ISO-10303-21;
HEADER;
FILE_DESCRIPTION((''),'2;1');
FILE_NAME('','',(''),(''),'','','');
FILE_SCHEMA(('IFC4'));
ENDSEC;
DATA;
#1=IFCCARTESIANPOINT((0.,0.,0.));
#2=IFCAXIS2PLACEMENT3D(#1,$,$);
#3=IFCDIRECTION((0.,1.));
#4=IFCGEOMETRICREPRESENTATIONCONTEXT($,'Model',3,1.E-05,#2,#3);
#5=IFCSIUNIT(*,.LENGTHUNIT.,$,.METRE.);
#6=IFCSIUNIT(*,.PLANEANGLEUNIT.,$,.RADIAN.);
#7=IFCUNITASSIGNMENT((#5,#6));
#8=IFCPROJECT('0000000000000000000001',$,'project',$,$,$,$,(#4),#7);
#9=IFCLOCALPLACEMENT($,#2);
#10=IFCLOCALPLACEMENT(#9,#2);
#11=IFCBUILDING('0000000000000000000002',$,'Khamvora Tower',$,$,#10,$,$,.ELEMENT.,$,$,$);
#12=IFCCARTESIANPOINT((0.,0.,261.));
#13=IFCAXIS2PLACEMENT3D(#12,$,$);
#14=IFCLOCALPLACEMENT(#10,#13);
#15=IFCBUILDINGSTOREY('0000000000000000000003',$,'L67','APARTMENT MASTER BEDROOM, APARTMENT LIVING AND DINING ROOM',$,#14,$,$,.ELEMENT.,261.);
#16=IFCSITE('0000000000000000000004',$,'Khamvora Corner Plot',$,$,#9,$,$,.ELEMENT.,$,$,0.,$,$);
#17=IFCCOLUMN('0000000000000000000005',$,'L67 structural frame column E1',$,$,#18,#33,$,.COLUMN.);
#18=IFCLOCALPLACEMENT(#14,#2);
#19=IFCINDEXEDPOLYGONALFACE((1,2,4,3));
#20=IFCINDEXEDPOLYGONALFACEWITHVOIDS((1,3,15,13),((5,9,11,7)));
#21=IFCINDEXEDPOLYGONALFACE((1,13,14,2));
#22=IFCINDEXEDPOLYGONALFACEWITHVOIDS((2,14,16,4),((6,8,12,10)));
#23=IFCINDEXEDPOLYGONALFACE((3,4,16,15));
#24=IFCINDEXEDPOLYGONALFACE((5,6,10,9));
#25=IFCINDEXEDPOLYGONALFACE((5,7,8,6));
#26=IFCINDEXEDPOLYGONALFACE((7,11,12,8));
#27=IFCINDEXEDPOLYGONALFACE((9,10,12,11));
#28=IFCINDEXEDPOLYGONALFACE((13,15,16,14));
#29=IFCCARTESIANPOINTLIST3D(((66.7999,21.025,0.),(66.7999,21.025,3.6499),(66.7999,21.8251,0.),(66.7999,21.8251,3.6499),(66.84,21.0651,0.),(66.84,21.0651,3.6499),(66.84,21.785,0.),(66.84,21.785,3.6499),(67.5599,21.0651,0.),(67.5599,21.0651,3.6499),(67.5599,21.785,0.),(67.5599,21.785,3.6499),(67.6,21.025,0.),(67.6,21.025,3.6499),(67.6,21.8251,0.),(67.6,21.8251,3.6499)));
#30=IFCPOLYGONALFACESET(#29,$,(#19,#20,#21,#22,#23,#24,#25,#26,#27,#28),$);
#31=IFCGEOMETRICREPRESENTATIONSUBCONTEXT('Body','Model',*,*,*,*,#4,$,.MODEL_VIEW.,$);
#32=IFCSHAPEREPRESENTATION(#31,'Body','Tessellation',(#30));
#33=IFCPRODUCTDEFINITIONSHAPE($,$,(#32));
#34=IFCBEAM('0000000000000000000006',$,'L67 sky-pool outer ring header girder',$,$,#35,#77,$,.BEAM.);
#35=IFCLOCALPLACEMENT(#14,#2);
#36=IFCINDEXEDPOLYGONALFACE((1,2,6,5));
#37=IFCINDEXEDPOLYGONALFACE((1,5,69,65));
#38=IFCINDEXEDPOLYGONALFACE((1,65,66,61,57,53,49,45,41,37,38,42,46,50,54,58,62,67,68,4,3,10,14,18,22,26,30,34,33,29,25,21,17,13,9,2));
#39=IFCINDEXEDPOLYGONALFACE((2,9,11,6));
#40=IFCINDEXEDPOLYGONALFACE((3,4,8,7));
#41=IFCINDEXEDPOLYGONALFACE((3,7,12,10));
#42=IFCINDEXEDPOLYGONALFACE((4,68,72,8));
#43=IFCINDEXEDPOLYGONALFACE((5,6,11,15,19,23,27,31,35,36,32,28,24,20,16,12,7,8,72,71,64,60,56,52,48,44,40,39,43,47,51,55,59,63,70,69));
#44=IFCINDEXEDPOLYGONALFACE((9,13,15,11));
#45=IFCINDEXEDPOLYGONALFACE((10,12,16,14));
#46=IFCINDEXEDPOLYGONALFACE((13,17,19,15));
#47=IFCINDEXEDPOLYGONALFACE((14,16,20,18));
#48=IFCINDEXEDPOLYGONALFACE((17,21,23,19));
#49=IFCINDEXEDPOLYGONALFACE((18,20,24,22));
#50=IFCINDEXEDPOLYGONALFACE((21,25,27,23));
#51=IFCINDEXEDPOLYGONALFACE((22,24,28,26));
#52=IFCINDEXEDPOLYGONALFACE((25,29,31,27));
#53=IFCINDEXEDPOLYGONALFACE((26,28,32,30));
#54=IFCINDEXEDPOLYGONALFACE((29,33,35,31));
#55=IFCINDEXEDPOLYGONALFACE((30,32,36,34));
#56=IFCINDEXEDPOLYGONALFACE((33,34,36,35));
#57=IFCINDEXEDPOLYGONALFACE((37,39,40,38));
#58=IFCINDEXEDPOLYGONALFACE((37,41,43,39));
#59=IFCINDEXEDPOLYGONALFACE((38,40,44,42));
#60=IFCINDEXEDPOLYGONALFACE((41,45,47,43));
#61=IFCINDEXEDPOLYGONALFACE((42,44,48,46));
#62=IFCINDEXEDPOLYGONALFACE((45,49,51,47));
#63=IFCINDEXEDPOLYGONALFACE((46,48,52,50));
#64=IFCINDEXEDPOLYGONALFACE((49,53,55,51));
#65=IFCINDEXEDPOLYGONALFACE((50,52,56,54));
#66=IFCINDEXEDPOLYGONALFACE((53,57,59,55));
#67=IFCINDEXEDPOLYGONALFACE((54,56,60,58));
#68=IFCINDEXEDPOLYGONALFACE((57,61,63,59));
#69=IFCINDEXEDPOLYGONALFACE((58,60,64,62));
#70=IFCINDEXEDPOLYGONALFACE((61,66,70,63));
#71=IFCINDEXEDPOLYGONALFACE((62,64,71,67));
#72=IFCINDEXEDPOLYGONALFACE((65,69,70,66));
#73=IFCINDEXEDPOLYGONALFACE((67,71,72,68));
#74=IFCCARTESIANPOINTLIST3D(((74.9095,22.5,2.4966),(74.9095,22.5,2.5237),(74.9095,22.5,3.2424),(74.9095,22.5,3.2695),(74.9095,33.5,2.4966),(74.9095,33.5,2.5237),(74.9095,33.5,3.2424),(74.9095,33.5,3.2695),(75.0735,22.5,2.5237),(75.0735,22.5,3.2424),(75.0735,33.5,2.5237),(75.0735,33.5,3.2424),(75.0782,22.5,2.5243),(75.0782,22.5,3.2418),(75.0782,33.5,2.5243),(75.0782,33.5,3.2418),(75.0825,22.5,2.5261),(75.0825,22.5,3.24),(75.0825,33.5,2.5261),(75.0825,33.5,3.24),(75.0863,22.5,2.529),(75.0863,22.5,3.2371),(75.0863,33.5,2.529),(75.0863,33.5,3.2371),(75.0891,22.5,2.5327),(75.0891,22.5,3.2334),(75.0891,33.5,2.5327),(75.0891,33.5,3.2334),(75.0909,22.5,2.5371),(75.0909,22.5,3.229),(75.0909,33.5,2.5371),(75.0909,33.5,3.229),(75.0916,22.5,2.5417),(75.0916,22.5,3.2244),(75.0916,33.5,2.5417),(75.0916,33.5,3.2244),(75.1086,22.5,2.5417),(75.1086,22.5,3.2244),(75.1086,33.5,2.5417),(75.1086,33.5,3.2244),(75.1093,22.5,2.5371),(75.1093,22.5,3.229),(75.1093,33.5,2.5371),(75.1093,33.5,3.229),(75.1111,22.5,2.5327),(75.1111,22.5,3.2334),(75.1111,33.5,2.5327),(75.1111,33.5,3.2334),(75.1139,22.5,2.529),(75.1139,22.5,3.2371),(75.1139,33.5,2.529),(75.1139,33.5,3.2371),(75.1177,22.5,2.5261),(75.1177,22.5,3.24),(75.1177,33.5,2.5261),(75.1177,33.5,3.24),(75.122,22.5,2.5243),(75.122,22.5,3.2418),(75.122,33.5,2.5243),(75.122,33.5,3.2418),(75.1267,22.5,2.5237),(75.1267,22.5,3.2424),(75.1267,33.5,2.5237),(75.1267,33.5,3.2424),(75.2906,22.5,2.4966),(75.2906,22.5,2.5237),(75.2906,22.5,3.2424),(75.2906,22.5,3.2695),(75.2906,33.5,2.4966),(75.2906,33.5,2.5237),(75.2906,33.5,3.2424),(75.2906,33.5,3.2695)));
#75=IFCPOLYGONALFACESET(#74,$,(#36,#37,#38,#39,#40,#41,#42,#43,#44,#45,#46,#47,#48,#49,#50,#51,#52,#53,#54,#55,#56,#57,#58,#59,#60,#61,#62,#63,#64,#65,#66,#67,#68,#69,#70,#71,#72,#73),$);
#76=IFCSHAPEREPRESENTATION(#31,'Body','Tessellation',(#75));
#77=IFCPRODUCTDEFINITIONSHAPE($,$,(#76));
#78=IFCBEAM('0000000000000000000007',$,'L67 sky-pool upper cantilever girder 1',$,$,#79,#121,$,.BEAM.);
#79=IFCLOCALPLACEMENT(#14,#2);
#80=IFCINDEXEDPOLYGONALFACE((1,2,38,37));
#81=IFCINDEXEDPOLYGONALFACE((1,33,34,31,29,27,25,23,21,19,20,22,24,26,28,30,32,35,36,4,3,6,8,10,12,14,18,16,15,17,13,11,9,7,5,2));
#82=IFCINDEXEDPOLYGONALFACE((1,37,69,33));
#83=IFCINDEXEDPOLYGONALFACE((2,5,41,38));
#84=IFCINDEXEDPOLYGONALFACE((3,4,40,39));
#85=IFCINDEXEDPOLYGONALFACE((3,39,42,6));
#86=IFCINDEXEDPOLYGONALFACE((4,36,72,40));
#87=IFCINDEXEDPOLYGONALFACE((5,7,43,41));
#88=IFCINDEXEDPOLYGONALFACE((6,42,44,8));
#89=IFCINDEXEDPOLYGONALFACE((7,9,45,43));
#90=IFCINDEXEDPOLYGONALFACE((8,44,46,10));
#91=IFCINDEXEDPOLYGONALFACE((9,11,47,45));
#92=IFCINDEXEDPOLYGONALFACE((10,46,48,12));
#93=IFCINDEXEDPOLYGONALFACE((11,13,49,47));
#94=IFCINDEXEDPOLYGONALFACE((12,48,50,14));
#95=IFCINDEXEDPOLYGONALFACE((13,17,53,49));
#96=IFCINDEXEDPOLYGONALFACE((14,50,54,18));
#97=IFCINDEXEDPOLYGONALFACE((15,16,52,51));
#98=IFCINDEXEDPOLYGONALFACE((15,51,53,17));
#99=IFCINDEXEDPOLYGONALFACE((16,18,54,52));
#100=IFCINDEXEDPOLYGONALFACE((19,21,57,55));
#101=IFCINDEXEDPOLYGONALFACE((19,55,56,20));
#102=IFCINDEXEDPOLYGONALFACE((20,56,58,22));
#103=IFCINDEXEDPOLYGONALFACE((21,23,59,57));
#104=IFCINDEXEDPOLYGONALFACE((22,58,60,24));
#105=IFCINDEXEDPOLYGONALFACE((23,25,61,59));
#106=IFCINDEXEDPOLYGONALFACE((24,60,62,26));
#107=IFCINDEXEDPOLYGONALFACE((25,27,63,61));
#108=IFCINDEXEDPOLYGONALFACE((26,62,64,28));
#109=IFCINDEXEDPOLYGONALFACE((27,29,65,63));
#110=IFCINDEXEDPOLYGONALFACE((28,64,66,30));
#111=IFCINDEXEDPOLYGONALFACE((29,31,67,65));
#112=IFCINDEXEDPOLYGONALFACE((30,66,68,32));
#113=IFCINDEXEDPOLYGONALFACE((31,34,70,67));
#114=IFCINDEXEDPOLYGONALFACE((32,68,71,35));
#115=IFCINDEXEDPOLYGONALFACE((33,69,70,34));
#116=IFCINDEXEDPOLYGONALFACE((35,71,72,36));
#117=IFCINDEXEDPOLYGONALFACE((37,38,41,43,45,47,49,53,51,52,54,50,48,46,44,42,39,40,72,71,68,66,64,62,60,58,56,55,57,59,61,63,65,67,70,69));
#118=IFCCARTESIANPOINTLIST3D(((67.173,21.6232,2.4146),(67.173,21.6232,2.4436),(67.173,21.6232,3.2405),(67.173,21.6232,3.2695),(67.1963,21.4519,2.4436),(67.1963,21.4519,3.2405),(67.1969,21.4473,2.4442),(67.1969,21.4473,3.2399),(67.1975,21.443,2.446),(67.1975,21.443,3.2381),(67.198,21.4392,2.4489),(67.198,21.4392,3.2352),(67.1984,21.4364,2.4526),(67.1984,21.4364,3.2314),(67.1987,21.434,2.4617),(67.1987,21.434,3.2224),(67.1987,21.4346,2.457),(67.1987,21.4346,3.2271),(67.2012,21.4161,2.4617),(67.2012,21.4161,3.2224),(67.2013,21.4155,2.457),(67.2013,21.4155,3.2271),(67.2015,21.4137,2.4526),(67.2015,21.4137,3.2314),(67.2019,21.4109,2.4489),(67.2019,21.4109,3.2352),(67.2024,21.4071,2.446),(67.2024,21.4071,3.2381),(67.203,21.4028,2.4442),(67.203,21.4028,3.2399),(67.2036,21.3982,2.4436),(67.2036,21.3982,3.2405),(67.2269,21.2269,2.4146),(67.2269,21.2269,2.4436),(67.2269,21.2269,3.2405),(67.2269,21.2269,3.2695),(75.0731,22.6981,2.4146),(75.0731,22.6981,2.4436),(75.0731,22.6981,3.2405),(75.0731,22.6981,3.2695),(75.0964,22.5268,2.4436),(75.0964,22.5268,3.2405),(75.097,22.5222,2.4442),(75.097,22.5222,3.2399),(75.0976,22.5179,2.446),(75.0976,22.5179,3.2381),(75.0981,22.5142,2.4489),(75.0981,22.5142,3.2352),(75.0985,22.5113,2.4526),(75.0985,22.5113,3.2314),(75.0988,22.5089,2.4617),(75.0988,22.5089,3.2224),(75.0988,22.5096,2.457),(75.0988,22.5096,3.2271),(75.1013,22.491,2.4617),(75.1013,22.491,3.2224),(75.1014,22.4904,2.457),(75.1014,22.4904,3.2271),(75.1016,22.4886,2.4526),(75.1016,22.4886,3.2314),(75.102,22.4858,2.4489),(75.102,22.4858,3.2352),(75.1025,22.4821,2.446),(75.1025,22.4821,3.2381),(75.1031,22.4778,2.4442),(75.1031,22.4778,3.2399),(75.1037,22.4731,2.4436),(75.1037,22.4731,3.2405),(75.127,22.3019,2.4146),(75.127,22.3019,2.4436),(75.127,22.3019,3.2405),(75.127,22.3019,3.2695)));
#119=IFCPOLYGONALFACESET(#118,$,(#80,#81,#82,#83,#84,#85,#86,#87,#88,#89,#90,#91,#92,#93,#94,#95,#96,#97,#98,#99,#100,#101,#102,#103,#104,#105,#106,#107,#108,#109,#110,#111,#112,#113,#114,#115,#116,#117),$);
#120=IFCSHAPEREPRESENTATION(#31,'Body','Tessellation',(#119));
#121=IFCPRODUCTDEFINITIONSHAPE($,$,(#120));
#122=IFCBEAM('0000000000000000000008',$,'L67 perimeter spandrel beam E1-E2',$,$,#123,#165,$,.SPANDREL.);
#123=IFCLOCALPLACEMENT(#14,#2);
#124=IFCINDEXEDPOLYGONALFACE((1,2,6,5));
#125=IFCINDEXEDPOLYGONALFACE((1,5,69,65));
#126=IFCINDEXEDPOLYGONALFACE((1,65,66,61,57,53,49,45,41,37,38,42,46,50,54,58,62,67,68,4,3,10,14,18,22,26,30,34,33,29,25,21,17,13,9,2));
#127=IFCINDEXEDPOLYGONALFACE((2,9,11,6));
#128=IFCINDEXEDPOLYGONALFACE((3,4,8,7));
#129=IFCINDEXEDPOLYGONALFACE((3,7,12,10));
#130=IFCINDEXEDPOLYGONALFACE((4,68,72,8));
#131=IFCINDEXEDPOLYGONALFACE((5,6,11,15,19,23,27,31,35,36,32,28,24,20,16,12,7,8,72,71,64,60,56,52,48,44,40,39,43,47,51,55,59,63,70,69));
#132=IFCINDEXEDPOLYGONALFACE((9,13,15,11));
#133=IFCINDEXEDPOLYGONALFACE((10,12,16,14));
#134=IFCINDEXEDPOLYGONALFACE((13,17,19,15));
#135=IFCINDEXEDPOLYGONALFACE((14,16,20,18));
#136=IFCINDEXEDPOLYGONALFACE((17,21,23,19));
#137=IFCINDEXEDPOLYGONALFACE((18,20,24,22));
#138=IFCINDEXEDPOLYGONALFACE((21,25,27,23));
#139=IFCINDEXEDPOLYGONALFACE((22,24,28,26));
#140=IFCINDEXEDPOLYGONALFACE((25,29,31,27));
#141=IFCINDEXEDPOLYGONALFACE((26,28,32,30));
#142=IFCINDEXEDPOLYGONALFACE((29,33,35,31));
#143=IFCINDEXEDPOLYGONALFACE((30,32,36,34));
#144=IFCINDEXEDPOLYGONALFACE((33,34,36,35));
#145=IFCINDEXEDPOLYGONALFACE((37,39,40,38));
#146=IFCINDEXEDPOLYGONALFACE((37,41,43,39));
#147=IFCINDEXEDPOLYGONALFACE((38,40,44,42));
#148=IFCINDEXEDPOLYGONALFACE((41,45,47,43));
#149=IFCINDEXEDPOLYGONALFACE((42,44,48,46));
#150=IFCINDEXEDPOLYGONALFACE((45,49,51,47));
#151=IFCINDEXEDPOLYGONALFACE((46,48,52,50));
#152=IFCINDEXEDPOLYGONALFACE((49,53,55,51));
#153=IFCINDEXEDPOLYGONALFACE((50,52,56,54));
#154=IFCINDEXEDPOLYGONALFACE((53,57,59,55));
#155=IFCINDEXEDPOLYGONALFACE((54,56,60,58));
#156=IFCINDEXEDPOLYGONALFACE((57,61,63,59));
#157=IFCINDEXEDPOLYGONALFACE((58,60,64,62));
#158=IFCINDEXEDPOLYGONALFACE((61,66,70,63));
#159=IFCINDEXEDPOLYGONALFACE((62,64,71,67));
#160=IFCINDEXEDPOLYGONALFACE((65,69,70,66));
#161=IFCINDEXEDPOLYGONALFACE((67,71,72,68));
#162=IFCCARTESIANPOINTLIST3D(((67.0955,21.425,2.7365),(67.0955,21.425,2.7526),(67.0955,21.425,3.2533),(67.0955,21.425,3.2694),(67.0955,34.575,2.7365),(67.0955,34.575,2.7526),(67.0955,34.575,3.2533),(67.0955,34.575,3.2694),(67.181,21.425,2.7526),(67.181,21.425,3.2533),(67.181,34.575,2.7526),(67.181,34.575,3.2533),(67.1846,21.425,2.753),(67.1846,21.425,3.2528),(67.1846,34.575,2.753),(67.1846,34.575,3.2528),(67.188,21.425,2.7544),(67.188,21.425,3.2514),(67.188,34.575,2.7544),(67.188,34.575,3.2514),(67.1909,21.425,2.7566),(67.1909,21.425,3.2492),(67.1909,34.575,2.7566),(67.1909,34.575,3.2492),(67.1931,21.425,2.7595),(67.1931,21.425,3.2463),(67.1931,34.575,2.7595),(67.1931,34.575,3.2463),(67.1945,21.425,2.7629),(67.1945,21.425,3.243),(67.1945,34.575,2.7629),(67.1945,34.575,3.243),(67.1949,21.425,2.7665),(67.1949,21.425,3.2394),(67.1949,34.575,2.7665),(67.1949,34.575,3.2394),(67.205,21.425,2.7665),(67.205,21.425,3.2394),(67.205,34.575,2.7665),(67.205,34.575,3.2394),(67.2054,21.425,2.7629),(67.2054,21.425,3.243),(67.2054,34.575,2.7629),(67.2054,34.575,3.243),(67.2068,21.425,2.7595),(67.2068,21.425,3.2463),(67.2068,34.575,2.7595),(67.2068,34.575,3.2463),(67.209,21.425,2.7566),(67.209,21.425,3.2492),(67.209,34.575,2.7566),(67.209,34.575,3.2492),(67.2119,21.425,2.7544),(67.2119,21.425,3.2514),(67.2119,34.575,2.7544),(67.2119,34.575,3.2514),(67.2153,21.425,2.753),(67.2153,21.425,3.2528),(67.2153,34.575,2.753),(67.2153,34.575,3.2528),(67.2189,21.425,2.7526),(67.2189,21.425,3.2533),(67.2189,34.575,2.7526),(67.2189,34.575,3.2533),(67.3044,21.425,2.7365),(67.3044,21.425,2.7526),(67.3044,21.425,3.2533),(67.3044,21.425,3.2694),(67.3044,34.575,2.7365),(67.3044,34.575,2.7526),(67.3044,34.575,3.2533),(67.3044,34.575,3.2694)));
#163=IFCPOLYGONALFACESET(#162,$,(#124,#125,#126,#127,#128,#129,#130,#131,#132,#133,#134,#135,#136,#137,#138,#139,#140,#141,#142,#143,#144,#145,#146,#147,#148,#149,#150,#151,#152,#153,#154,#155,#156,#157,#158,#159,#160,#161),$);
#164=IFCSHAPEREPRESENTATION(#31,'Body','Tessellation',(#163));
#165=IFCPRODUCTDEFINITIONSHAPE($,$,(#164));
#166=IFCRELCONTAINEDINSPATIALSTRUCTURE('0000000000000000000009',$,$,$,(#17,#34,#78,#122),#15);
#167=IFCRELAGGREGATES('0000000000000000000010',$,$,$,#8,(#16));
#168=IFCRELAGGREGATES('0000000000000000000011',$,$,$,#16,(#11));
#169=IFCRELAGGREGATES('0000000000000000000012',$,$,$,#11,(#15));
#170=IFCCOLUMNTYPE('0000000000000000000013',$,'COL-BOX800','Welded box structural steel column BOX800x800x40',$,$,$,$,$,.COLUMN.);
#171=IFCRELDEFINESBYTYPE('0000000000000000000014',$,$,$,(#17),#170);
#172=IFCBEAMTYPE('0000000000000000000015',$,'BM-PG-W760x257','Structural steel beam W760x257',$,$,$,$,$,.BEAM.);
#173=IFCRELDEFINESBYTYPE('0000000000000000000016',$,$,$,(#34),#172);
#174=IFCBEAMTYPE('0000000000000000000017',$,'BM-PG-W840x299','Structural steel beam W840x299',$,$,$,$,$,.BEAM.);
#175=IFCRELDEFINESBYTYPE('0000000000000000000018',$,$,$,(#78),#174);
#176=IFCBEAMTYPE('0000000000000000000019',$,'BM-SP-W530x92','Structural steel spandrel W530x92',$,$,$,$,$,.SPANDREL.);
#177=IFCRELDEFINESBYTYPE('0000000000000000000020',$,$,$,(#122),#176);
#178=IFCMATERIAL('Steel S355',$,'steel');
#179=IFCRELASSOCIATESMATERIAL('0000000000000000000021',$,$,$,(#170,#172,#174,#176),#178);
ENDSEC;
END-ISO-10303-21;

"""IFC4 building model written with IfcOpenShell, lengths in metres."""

from ifc_helpers import new_model, si_unit, direction, frame, origin, origin_2d, place, context, subcontext, project, spatial, hollow_rectangle, i_section, extrude, material, material_profile, profile_set, type_object, element, save


model = new_model("IFC4")

# Units and contexts
model_context = context("Model", 3, precision=1e-05, world=origin(), true_north=direction((0.0, 1.0)))
body_context = subcontext(model_context, "Body", "Model", "MODEL_VIEW")
ifc_project = project(units=[si_unit("LENGTHUNIT", "METRE"), si_unit("PLANEANGLEUNIT", "RADIAN")], contexts=[model_context])

# Site, building, storey
site_placement = place(None, origin())
site = spatial("IfcSite", under=ifc_project, at=site_placement, Name="Khamvora Corner Plot", CompositionType="ELEMENT", RefElevation=0.0)
building_placement = place(site_placement, origin())
building = spatial("IfcBuilding", under=site, at=building_placement, Name="Khamvora Tower", CompositionType="ELEMENT")
storey_placement = place(building_placement, frame((0.0, 0.0, 261.0)))
storey = spatial("IfcBuildingStorey", under=building, at=storey_placement, Name="L67", Description="APARTMENT MASTER BEDROOM, APARTMENT LIVING AND DINING ROOM", CompositionType="ELEMENT", Elevation=261.0)

# Column
ifc_material_1 = material(Name="Steel S355", Category="steel")
ifc_material_profile_1 = material_profile(ifc_material_1, hollow_rectangle(XDim=0.8, YDim=0.8, WallThickness=0.04, at=origin_2d()), Name="BOX800x800x40")
ifc_profile_set_1 = profile_set([ifc_material_profile_1], Name="Steel S355")
column_type = type_object("IfcColumnType", Name="COL-BOX800", Description="Welded box structural steel column BOX800x800x40", PredefinedType="COLUMN", material=ifc_profile_set_1)
column_placement = place(storey_placement, frame((67.2, 21.425, 0.0), z_axis=(0.0, 0.0, 1.0), x_axis=(1.0, 0.0, 0.0)))
element("IfcColumn", 1, at=column_placement, inside=storey, type_object=column_type, Name="L67 structural frame column E1", PredefinedType="COLUMN", context=body_context, shape_type="SweptSolid", body=[
    extrude(hollow_rectangle(XDim=0.8, YDim=0.8, WallThickness=0.04, at=origin_2d()), origin(), (0.0, 0.0, 1.0), 3.6499),
])

# Beams
ifc_material_profile_2 = material_profile(ifc_material_1, i_section(OverallWidth=0.3811, OverallDepth=0.7729, WebThickness=0.0171, FlangeThickness=0.0271, FilletRadius=0.0181, at=origin_2d()), Name="W760x257")
ifc_profile_set_2 = profile_set([ifc_material_profile_2], Name="Steel S355")
beam_type_1 = type_object("IfcBeamType", Name="BM-PG-W760x257", Description="Structural steel beam W760x257", PredefinedType="BEAM", material=ifc_profile_set_2)
beam_1_placement = place(storey_placement, frame((75.1001, 22.5, 2.8831), z_axis=(0.0, 1.0, 0.0), x_axis=(-1.0, 0.0, 0.0)))
element("IfcBeam", 2, at=beam_1_placement, inside=storey, type_object=beam_type_1, Name="L67 sky-pool outer ring header girder", PredefinedType="BEAM", context=body_context, shape_type="SweptSolid", body=[
    extrude(i_section(OverallWidth=0.3811, OverallDepth=0.7729, WebThickness=0.0171, FlangeThickness=0.0271, FilletRadius=0.0181, at=origin_2d()), origin(), (0.0, 0.0, 1.0), 11.0),
])
ifc_material_profile_3 = material_profile(ifc_material_1, i_section(OverallWidth=0.3999, OverallDepth=0.855, WebThickness=0.0181, FlangeThickness=0.0291, FilletRadius=0.0181, at=origin_2d()), Name="W840x299")
ifc_profile_set_3 = profile_set([ifc_material_profile_3], Name="Steel S355")
beam_type_2 = type_object("IfcBeamType", Name="BM-PG-W840x299", Description="Structural steel beam W840x299", PredefinedType="BEAM", material=ifc_profile_set_3)
beam_2_placement = place(storey_placement, frame((67.2, 21.425, 2.842), z_axis=(0.990869, 0.134825, 0.0), x_axis=(-0.134825, 0.990869, 0.0)))
element("IfcBeam", 3, at=beam_2_placement, inside=storey, type_object=beam_type_2, Name="L67 sky-pool upper cantilever girder 1", PredefinedType="BEAM", context=body_context, shape_type="SweptSolid", body=[
    extrude(i_section(OverallWidth=0.3999, OverallDepth=0.855, WebThickness=0.0181, FlangeThickness=0.0291, FilletRadius=0.0181, at=origin_2d()), origin(), (0.0, 0.0, 1.0), 7.9729),
])
ifc_material_profile_4 = material_profile(ifc_material_1, i_section(OverallWidth=0.209, OverallDepth=0.533, WebThickness=0.01, FlangeThickness=0.0161, FilletRadius=0.0139, at=origin_2d()), Name="W530x92")
ifc_profile_set_4 = profile_set([ifc_material_profile_4], Name="Steel S355")
beam_type_3 = type_object("IfcBeamType", Name="BM-SP-W530x92", Description="Structural steel spandrel W530x92", PredefinedType="SPANDREL", material=ifc_profile_set_4)
beam_3_placement = place(storey_placement, frame((67.2, 21.425, 3.0029), z_axis=(0.0, 1.0, 0.0), x_axis=(-1.0, 0.0, 0.0)))
element("IfcBeam", 4, at=beam_3_placement, inside=storey, type_object=beam_type_3, Name="L67 perimeter spandrel beam E1-E2", PredefinedType="SPANDREL", context=body_context, shape_type="SweptSolid", body=[
    extrude(i_section(OverallWidth=0.209, OverallDepth=0.533, WebThickness=0.01, FlangeThickness=0.0161, FilletRadius=0.0139, at=origin_2d()), origin(), (0.0, 0.0, 1.0), 13.1499),
])

save(model, "model.ifc")
